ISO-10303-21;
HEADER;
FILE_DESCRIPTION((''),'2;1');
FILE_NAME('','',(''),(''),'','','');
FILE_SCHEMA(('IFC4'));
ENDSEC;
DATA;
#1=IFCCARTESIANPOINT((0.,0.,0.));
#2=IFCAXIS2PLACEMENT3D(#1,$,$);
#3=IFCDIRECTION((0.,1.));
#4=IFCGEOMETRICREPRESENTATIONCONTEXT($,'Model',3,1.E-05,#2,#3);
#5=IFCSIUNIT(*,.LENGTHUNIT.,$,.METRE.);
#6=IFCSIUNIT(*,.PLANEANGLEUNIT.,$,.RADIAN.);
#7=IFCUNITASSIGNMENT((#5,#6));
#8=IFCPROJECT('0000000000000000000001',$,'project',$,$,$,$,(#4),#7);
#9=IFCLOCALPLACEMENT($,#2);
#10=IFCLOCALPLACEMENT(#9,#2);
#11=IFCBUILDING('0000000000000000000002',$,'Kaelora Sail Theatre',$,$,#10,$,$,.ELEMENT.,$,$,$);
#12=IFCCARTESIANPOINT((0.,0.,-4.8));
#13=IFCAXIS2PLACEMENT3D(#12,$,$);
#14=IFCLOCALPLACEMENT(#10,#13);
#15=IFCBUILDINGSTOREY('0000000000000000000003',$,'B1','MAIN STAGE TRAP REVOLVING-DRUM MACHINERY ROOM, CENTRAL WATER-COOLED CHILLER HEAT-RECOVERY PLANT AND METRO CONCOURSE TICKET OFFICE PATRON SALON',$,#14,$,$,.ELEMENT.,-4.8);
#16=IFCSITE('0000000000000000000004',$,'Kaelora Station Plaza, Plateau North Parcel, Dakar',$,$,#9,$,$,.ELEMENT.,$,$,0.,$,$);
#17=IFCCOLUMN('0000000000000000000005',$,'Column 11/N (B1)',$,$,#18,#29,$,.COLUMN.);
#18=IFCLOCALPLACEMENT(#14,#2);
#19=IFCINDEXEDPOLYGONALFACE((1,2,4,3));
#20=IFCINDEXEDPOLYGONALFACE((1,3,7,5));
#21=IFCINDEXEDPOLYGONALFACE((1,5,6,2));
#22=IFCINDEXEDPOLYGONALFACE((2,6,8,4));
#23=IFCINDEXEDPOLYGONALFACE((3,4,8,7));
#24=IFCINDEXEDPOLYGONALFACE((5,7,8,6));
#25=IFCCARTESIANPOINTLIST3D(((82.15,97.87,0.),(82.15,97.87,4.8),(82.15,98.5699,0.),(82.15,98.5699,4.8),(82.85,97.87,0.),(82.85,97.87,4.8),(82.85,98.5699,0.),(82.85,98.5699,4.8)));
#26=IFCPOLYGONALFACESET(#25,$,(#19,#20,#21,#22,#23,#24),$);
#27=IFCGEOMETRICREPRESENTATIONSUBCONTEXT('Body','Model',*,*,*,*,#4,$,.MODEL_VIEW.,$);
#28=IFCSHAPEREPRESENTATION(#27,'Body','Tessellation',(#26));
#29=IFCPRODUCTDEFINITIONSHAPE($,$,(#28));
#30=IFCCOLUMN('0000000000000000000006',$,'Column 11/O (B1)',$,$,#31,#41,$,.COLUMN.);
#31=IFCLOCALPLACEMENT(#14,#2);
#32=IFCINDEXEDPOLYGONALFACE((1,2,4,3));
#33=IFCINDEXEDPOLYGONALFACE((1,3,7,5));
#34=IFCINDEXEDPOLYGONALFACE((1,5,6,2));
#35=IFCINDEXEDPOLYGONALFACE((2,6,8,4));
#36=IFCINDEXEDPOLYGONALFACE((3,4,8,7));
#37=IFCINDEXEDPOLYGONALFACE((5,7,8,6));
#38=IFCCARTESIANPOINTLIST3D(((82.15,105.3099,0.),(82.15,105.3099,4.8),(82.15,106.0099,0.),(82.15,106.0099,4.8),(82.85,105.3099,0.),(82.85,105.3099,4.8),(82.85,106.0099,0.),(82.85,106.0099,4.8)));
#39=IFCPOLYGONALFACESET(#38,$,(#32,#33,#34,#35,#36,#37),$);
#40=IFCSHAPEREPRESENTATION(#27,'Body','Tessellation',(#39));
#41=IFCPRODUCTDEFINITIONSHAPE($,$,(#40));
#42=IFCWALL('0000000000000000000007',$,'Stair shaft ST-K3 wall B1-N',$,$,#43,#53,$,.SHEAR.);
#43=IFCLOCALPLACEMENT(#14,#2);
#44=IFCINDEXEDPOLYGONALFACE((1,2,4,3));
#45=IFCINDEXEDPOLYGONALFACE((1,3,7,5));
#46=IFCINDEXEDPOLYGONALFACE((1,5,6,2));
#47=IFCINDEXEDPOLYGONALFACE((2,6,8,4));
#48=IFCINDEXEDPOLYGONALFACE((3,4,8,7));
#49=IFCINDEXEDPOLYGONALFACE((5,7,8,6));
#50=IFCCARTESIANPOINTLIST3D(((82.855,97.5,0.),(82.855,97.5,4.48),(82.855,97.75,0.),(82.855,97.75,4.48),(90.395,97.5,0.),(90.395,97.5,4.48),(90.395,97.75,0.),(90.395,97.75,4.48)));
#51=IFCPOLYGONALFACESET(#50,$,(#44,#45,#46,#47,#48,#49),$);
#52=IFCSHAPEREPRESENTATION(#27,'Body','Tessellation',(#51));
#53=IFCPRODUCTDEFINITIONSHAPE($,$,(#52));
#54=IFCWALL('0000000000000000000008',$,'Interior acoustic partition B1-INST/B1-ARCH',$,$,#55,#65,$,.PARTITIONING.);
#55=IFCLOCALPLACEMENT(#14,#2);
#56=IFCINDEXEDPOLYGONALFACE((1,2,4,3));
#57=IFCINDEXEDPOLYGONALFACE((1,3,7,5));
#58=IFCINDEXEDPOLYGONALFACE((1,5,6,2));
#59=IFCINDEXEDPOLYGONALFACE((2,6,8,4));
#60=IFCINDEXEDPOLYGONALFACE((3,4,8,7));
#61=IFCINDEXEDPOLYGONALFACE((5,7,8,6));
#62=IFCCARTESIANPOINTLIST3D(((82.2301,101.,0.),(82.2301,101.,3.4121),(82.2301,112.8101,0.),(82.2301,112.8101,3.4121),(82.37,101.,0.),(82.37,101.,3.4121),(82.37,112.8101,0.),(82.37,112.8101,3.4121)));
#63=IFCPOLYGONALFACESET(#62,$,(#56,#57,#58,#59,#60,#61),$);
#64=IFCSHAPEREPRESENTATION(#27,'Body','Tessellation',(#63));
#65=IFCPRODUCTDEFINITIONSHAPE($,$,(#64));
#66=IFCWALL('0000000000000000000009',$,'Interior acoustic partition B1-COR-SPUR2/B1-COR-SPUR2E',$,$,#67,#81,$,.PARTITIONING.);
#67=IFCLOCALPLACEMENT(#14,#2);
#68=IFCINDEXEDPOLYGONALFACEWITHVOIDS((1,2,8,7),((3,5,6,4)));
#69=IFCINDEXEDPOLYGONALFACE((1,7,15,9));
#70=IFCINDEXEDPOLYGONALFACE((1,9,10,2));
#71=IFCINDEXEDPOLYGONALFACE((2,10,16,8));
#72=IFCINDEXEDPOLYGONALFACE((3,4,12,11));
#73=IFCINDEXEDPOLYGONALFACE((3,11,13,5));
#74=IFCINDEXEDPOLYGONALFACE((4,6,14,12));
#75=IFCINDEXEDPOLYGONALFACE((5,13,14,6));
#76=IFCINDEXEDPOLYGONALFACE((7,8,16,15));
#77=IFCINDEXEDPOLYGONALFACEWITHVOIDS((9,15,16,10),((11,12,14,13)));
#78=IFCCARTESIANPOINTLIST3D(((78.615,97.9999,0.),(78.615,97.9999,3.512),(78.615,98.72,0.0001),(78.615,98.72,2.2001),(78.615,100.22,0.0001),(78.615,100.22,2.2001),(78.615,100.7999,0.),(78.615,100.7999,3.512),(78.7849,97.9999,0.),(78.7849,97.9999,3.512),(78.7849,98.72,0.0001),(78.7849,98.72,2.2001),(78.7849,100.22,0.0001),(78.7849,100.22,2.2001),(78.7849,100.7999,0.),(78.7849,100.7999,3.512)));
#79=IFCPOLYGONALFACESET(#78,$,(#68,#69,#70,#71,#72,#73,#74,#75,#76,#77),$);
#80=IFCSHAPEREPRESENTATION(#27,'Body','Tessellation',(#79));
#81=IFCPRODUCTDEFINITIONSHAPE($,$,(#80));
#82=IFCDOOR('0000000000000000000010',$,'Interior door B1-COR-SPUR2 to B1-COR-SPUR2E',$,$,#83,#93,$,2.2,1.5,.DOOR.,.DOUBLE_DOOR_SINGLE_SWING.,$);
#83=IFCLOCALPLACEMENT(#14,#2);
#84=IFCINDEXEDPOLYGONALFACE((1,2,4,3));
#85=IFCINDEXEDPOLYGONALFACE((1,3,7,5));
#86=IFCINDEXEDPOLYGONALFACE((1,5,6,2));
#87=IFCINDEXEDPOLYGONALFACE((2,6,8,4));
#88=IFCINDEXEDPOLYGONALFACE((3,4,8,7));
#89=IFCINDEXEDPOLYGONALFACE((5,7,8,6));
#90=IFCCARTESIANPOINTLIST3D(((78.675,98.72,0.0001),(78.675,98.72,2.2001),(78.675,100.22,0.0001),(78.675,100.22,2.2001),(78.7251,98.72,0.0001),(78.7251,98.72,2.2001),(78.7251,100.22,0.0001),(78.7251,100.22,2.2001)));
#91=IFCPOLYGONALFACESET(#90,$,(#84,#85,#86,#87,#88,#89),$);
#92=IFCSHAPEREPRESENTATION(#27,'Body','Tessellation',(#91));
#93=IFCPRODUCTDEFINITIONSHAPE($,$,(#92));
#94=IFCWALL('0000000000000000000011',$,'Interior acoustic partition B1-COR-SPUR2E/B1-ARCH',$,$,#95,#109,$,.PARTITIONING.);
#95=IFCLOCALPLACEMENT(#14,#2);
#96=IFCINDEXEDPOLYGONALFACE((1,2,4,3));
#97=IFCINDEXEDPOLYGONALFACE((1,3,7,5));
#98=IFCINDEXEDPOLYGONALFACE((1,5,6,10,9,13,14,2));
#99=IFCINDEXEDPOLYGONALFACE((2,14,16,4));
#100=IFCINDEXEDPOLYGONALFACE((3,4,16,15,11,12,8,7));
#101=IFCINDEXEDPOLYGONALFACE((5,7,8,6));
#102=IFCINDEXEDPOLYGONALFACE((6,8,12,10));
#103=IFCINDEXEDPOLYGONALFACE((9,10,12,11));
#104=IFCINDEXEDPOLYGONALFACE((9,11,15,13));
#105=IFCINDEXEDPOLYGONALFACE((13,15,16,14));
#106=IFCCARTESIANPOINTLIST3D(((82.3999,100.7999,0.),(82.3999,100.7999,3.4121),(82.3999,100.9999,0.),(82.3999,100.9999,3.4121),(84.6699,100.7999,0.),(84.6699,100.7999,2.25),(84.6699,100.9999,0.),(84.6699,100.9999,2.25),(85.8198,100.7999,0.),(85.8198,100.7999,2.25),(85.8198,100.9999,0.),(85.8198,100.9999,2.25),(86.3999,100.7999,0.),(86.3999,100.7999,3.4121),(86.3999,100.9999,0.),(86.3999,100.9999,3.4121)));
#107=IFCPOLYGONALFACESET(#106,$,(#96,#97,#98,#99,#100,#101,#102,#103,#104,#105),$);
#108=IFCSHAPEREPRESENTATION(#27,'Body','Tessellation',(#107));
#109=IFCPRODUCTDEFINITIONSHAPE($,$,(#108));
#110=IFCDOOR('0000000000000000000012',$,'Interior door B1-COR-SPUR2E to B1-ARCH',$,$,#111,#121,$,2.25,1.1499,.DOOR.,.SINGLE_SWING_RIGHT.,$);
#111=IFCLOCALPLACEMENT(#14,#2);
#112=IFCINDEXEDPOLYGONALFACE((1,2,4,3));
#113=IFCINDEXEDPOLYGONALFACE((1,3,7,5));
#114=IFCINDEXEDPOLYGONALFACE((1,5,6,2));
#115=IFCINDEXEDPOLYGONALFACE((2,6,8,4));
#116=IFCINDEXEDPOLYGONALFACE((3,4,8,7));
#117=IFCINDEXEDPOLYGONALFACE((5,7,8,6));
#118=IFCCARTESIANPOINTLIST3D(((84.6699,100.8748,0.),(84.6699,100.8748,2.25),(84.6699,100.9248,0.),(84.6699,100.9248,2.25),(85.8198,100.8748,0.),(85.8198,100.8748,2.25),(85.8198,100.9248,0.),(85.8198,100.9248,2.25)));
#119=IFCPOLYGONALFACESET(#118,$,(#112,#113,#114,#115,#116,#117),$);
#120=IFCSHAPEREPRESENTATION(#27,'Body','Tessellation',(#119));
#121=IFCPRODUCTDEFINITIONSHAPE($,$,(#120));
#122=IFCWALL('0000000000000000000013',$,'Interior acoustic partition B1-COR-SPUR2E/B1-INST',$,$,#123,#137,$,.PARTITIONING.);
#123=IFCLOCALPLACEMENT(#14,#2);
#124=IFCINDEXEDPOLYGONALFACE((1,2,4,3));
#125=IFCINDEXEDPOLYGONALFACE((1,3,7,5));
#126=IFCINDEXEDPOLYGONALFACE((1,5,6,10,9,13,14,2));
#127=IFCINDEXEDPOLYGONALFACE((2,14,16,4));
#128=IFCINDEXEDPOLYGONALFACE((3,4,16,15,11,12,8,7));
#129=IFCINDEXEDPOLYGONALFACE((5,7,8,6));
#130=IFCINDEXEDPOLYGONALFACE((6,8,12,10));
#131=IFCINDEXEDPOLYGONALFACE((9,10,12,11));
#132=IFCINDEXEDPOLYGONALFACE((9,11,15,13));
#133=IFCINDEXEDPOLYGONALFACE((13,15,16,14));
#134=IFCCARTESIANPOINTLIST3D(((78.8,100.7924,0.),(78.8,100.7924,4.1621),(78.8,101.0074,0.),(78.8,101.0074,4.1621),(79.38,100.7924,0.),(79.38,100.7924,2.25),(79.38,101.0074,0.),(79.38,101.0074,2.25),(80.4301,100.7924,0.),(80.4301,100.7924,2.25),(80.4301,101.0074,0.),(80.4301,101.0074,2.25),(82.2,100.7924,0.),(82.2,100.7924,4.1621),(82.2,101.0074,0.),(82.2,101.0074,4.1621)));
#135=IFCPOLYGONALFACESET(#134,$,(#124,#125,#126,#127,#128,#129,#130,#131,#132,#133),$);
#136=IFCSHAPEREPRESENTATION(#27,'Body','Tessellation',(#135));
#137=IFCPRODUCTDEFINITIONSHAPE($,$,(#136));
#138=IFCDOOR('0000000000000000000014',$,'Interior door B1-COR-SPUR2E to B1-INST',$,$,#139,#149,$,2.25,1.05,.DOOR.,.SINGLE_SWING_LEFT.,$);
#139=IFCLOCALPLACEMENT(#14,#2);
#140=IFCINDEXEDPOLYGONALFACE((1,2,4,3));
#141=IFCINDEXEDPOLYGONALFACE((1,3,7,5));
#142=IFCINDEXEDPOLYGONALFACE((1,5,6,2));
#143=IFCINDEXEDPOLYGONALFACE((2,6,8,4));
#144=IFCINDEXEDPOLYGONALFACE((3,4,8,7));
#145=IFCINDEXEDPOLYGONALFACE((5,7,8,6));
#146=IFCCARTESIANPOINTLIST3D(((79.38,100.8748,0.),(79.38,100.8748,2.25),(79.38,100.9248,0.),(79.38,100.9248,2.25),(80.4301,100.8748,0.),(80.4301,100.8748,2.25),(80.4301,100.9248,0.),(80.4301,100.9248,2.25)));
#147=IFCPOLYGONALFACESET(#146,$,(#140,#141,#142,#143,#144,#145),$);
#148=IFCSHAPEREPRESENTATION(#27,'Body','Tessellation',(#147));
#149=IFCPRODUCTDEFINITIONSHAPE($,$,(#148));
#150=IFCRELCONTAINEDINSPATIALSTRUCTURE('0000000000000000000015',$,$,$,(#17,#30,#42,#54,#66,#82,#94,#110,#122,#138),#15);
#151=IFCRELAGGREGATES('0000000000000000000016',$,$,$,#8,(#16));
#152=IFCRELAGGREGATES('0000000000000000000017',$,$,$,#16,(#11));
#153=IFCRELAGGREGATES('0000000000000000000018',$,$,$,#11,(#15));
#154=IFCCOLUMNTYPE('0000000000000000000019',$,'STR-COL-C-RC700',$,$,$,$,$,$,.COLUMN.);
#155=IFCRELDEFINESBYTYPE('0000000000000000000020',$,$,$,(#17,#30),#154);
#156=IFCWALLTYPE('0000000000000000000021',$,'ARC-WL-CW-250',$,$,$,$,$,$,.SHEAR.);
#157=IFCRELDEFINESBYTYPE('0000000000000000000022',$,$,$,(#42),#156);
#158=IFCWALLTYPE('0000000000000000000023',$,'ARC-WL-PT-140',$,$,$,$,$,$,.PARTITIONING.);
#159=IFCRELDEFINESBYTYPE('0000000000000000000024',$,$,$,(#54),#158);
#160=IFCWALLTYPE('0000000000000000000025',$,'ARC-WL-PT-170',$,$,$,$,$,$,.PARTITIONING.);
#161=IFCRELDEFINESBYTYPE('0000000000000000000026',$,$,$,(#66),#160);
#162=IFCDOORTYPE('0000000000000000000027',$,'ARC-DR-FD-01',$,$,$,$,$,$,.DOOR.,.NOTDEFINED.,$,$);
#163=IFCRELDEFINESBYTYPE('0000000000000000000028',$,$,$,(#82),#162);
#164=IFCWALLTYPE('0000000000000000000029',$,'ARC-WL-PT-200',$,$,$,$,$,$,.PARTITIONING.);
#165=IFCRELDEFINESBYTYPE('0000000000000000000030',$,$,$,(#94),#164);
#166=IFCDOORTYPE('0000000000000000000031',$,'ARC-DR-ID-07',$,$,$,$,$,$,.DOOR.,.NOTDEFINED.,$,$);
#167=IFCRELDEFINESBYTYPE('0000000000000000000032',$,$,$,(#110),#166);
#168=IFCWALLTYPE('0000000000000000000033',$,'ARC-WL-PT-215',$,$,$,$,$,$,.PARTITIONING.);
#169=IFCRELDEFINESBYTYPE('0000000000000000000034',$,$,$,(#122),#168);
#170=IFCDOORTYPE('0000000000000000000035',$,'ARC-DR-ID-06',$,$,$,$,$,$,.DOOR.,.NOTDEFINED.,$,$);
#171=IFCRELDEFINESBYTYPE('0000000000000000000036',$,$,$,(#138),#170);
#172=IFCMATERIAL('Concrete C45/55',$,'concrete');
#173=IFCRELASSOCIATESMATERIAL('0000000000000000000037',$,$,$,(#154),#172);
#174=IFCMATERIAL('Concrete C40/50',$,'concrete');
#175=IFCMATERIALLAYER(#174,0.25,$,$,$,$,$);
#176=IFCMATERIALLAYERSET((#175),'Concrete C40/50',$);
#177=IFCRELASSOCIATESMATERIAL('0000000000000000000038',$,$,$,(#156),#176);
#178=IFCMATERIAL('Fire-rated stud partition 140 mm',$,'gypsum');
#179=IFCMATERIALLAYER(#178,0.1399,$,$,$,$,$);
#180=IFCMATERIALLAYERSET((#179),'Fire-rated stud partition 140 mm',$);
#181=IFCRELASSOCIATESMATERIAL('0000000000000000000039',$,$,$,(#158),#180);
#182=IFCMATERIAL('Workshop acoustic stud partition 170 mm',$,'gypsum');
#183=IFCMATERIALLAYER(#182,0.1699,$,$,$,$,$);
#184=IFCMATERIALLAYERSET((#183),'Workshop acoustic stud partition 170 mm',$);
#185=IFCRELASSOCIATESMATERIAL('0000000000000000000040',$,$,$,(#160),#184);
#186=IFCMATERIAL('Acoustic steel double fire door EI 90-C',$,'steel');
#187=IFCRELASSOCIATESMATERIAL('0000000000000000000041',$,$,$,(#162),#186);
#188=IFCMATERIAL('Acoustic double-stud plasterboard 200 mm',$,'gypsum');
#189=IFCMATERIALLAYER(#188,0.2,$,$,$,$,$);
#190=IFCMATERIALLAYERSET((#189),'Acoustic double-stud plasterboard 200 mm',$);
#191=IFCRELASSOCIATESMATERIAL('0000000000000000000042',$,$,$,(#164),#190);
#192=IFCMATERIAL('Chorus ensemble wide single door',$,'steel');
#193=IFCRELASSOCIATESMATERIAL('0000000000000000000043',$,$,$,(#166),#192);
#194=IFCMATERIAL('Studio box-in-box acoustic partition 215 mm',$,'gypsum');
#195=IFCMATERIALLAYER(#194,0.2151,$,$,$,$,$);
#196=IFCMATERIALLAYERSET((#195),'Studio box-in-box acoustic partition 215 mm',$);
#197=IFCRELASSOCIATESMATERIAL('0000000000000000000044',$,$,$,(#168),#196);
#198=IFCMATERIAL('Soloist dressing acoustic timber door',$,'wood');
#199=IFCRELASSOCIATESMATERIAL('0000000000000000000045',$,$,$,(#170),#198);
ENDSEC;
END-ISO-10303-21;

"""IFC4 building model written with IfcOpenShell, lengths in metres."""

from ifc_helpers import new_model, si_unit, direction, frame, frame_2d, origin, origin_2d, place, context, subcontext, project, spatial, rectangle, extrude, material, layer, layer_set, material_profile, profile_set, type_object, element, fill, save


model = new_model("IFC4")

# Units and contexts
model_context = context("Model", 3, precision=1e-05, world=origin(), true_north=direction((0.0, 1.0)))
body_context = subcontext(model_context, "Body", "Model", "MODEL_VIEW")
ifc_project = project(units=[si_unit("LENGTHUNIT", "METRE"), si_unit("PLANEANGLEUNIT", "RADIAN")], contexts=[model_context])

# Site, building, storey
site_placement = place(None, origin())
site = spatial("IfcSite", under=ifc_project, at=site_placement, Name="Kaelora Station Plaza, Plateau North Parcel, Dakar", CompositionType="ELEMENT", RefElevation=0.0)
building_placement = place(site_placement, origin())
building = spatial("IfcBuilding", under=site, at=building_placement, Name="Kaelora Sail Theatre", CompositionType="ELEMENT")
storey_placement = place(building_placement, frame((0.0, 0.0, -4.8)))
storey = spatial("IfcBuildingStorey", under=building, at=storey_placement, Name="B1", Description="MAIN STAGE TRAP REVOLVING-DRUM MACHINERY ROOM, CENTRAL WATER-COOLED CHILLER HEAT-RECOVERY PLANT AND METRO CONCOURSE TICKET OFFICE PATRON SALON", CompositionType="ELEMENT", Elevation=-4.8)

# Columns
ifc_material_1 = material(Name="Concrete C45/55", Category="concrete")
ifc_material_profile_1 = material_profile(ifc_material_1, rectangle(XDim=0.7, YDim=0.7, at=origin_2d()), Name="RC-COL 700x700")
ifc_profile_set_1 = profile_set([ifc_material_profile_1], Name="Concrete C45/55")
column_type_1 = type_object("IfcColumnType", Name="STR-COL-C-RC700", PredefinedType="COLUMN", material=ifc_profile_set_1)
for number, where, z_axis, x_axis, name in (
    (1, (82.5, 98.22, 0.0), (0.0, 0.0, 1.0), (1.0, 0.0, 0.0), "Column 11/N (B1)"),
    (2, (82.5, 105.6599, 0.0), (0.0, 0.0, 1.0), (1.0, 0.0, 0.0), "Column 11/O (B1)"),
):
    element("IfcColumn", number, at=place(storey_placement, frame(where, z_axis=z_axis, x_axis=x_axis)), inside=storey, type_object=column_type_1, Name=name, PredefinedType="COLUMN", context=body_context, shape_type="SweptSolid", body=[
        extrude(rectangle(XDim=0.7, YDim=0.7, at=origin_2d()), origin(), (0.0, 0.0, 1.0), 4.8),
    ])

# Walls
ifc_material_2 = material(Name="Concrete C40/50", Category="concrete")
ifc_layer_1 = layer(ifc_material_2, 0.25)
ifc_layer_set_1 = layer_set([ifc_layer_1], Name="Concrete C40/50")
wall_type_1 = type_object("IfcWallType", Name="ARC-WL-CW-250", PredefinedType="SHEAR", material=ifc_layer_set_1)
wall_1_placement = place(storey_placement, frame((82.855, 97.625, 0.0), z_axis=(0.0, 0.0, 1.0), x_axis=(1.0, 0.0, 0.0)))
element("IfcWall", 3, at=wall_1_placement, inside=storey, type_object=wall_type_1, Name="Stair shaft ST-K3 wall B1-N", PredefinedType="SHEAR", context=body_context, shape_type="SweptSolid", body=[
    extrude(rectangle(XDim=7.54, YDim=0.25, at=frame_2d((3.77, 0.0))), origin(), (0.0, 0.0, 1.0), 4.48),
])
ifc_material_3 = material(Name="Fire-rated stud partition 140 mm", Category="gypsum")
ifc_layer_2 = layer(ifc_material_3, 0.1399)
ifc_layer_set_2 = layer_set([ifc_layer_2], Name="Fire-rated stud partition 140 mm")
wall_type_2 = type_object("IfcWallType", Name="ARC-WL-PT-140", PredefinedType="PARTITIONING", material=ifc_layer_set_2)
wall_2_placement = place(storey_placement, frame((82.3, 101.0, 0.0), z_axis=(0.0, 0.0, 1.0), x_axis=(0.0, 1.0, 0.0)))
element("IfcWall", 4, at=wall_2_placement, inside=storey, type_object=wall_type_2, Name="Interior acoustic partition B1-INST/B1-ARCH", PredefinedType="PARTITIONING", context=body_context, shape_type="SweptSolid", body=[
    extrude(rectangle(XDim=11.8101, YDim=0.1399, at=frame_2d((5.905, 0.0))), origin(), (0.0, 0.0, 1.0), 3.4121),
])

# Walls, openings, doors
ifc_material_4 = material(Name="Workshop acoustic stud partition 170 mm", Category="gypsum")
ifc_layer_3 = layer(ifc_material_4, 0.1699)
ifc_layer_set_3 = layer_set([ifc_layer_3], Name="Workshop acoustic stud partition 170 mm")
wall_type_3 = type_object("IfcWallType", Name="ARC-WL-PT-170", PredefinedType="PARTITIONING", material=ifc_layer_set_3)
wall_3_placement = place(storey_placement, frame((78.7, 98.0, 0.0), z_axis=(0.0, 0.0, 1.0), x_axis=(0.0, 1.0, 0.0)))
wall_3 = element("IfcWall", 5, at=wall_3_placement, inside=storey, type_object=wall_type_3, Name="Interior acoustic partition B1-COR-SPUR2/B1-COR-SPUR2E", PredefinedType="PARTITIONING", context=body_context, shape_type="SweptSolid", body=[
    extrude(rectangle(XDim=2.8, YDim=0.1699, at=frame_2d((1.3999, 0.0))), origin(), (0.0, 0.0, 1.0), 3.512),
])
opening_1_placement = place(wall_3_placement, frame((0.72, 0.0, 0.0)))
opening_1 = element("IfcOpeningElement", 6, at=opening_1_placement, cuts=wall_3, PredefinedType="OPENING", context=body_context, shape_type="SweptSolid", body=[
    extrude(rectangle(XDim=1.5, YDim=2.2, at=frame_2d((0.75, 1.1001))), frame((0.0, 0.095, 0.0), z_axis=(0.0, -1.0, 0.0), x_axis=(1.0, 0.0, 0.0)), (0.0, 0.0, 1.0), 0.1899),
])
ifc_material_5 = material(Name="Acoustic steel double fire door EI 90-C", Category="steel")
door_type_1 = type_object("IfcDoorType", Name="ARC-DR-FD-01", OperationType="NOTDEFINED", PredefinedType="DOOR", material=ifc_material_5)
door_1_placement = place(opening_1_placement, origin())
door_1 = element("IfcDoor", 7, at=door_1_placement, inside=storey, type_object=door_type_1, Name="Interior door B1-COR-SPUR2 to B1-COR-SPUR2E", OperationType="DOUBLE_DOOR_SINGLE_SWING", OverallHeight=2.2, OverallWidth=1.5, PredefinedType="DOOR", context=body_context, shape_type="SweptSolid", body=[
    extrude(rectangle(XDim=1.5, YDim=2.2, at=frame_2d((0.75, 1.1001))), frame((0.0, 0.0249, 0.0), z_axis=(0.0, -1.0, 0.0), x_axis=(1.0, 0.0, 0.0)), (0.0, 0.0, 1.0), 0.05),
])
fill(opening_1, door_1)
ifc_material_6 = material(Name="Acoustic double-stud plasterboard 200 mm", Category="gypsum")
ifc_layer_4 = layer(ifc_material_6, 0.2)
ifc_layer_set_4 = layer_set([ifc_layer_4], Name="Acoustic double-stud plasterboard 200 mm")
wall_type_4 = type_object("IfcWallType", Name="ARC-WL-PT-200", PredefinedType="PARTITIONING", material=ifc_layer_set_4)
wall_4_placement = place(storey_placement, frame((82.3999, 100.8999, 0.0), z_axis=(0.0, 0.0, 1.0), x_axis=(1.0, 0.0, 0.0)))
wall_4 = element("IfcWall", 8, at=wall_4_placement, inside=storey, type_object=wall_type_4, Name="Interior acoustic partition B1-COR-SPUR2E/B1-ARCH", PredefinedType="PARTITIONING", context=body_context, shape_type="SweptSolid", body=[
    extrude(rectangle(XDim=4.0, YDim=0.2, at=frame_2d((2.0, 0.0))), origin(), (0.0, 0.0, 1.0), 3.4121),
])
opening_2_placement = place(wall_4_placement, frame((2.27, 0.0, 0.0)))
opening_2 = element("IfcOpeningElement", 9, at=opening_2_placement, cuts=wall_4, PredefinedType="OPENING", context=body_context, shape_type="SweptSolid", body=[
    extrude(rectangle(XDim=1.1499, YDim=2.25, at=frame_2d((0.575, 1.125))), frame((0.0, 0.1101, 0.0), z_axis=(0.0, -1.0, 0.0), x_axis=(1.0, 0.0, 0.0)), (0.0, 0.0, 1.0), 0.22),
])
ifc_material_7 = material(Name="Chorus ensemble wide single door", Category="steel")
door_type_2 = type_object("IfcDoorType", Name="ARC-DR-ID-07", OperationType="NOTDEFINED", PredefinedType="DOOR", material=ifc_material_7)
door_2_placement = place(opening_2_placement, origin())
door_2 = element("IfcDoor", 10, at=door_2_placement, inside=storey, type_object=door_type_2, Name="Interior door B1-COR-SPUR2E to B1-ARCH", OperationType="SINGLE_SWING_RIGHT", OverallHeight=2.25, OverallWidth=1.1499, PredefinedType="DOOR", context=body_context, shape_type="SweptSolid", body=[
    extrude(rectangle(XDim=1.1499, YDim=2.25, at=frame_2d((0.575, 1.125))), frame((0.0, 0.0249, 0.0), z_axis=(0.0, -1.0, 0.0), x_axis=(1.0, 0.0, 0.0)), (0.0, 0.0, 1.0), 0.05),
])
fill(opening_2, door_2)
ifc_material_8 = material(Name="Studio box-in-box acoustic partition 215 mm", Category="gypsum")
ifc_layer_5 = layer(ifc_material_8, 0.2151)
ifc_layer_set_5 = layer_set([ifc_layer_5], Name="Studio box-in-box acoustic partition 215 mm")
wall_type_5 = type_object("IfcWallType", Name="ARC-WL-PT-215", PredefinedType="PARTITIONING", material=ifc_layer_set_5)
wall_5_placement = place(storey_placement, frame((78.8, 100.8999, 0.0), z_axis=(0.0, 0.0, 1.0), x_axis=(1.0, 0.0, 0.0)))
wall_5 = element("IfcWall", 11, at=wall_5_placement, inside=storey, type_object=wall_type_5, Name="Interior acoustic partition B1-COR-SPUR2E/B1-INST", PredefinedType="PARTITIONING", context=body_context, shape_type="SweptSolid", body=[
    extrude(rectangle(XDim=3.3999, YDim=0.2151, at=frame_2d((1.7, 0.0))), origin(), (0.0, 0.0, 1.0), 4.1621),
])
opening_3_placement = place(wall_5_placement, frame((0.5801, 0.0, 0.0)))
opening_3 = element("IfcOpeningElement", 12, at=opening_3_placement, cuts=wall_5, PredefinedType="OPENING", context=body_context, shape_type="SweptSolid", body=[
    extrude(rectangle(XDim=1.05, YDim=2.25, at=frame_2d((0.5249, 1.125))), frame((0.0, 0.1174, 0.0), z_axis=(0.0, -1.0, 0.0), x_axis=(1.0, 0.0, 0.0)), (0.0, 0.0, 1.0), 0.2351),
])
ifc_material_9 = material(Name="Soloist dressing acoustic timber door", Category="wood")
door_type_3 = type_object("IfcDoorType", Name="ARC-DR-ID-06", OperationType="NOTDEFINED", PredefinedType="DOOR", material=ifc_material_9)
door_3_placement = place(opening_3_placement, origin())
door_3 = element("IfcDoor", 13, at=door_3_placement, inside=storey, type_object=door_type_3, Name="Interior door B1-COR-SPUR2E to B1-INST", OperationType="SINGLE_SWING_LEFT", OverallHeight=2.25, OverallWidth=1.05, PredefinedType="DOOR", context=body_context, shape_type="SweptSolid", body=[
    extrude(rectangle(XDim=1.05, YDim=2.25, at=frame_2d((0.5249, 1.125))), frame((0.0, 0.0249, 0.0), z_axis=(0.0, -1.0, 0.0), x_axis=(1.0, 0.0, 0.0)), (0.0, 0.0, 1.0), 0.05),
])
fill(opening_3, door_3)

save(model, "model.ifc")
